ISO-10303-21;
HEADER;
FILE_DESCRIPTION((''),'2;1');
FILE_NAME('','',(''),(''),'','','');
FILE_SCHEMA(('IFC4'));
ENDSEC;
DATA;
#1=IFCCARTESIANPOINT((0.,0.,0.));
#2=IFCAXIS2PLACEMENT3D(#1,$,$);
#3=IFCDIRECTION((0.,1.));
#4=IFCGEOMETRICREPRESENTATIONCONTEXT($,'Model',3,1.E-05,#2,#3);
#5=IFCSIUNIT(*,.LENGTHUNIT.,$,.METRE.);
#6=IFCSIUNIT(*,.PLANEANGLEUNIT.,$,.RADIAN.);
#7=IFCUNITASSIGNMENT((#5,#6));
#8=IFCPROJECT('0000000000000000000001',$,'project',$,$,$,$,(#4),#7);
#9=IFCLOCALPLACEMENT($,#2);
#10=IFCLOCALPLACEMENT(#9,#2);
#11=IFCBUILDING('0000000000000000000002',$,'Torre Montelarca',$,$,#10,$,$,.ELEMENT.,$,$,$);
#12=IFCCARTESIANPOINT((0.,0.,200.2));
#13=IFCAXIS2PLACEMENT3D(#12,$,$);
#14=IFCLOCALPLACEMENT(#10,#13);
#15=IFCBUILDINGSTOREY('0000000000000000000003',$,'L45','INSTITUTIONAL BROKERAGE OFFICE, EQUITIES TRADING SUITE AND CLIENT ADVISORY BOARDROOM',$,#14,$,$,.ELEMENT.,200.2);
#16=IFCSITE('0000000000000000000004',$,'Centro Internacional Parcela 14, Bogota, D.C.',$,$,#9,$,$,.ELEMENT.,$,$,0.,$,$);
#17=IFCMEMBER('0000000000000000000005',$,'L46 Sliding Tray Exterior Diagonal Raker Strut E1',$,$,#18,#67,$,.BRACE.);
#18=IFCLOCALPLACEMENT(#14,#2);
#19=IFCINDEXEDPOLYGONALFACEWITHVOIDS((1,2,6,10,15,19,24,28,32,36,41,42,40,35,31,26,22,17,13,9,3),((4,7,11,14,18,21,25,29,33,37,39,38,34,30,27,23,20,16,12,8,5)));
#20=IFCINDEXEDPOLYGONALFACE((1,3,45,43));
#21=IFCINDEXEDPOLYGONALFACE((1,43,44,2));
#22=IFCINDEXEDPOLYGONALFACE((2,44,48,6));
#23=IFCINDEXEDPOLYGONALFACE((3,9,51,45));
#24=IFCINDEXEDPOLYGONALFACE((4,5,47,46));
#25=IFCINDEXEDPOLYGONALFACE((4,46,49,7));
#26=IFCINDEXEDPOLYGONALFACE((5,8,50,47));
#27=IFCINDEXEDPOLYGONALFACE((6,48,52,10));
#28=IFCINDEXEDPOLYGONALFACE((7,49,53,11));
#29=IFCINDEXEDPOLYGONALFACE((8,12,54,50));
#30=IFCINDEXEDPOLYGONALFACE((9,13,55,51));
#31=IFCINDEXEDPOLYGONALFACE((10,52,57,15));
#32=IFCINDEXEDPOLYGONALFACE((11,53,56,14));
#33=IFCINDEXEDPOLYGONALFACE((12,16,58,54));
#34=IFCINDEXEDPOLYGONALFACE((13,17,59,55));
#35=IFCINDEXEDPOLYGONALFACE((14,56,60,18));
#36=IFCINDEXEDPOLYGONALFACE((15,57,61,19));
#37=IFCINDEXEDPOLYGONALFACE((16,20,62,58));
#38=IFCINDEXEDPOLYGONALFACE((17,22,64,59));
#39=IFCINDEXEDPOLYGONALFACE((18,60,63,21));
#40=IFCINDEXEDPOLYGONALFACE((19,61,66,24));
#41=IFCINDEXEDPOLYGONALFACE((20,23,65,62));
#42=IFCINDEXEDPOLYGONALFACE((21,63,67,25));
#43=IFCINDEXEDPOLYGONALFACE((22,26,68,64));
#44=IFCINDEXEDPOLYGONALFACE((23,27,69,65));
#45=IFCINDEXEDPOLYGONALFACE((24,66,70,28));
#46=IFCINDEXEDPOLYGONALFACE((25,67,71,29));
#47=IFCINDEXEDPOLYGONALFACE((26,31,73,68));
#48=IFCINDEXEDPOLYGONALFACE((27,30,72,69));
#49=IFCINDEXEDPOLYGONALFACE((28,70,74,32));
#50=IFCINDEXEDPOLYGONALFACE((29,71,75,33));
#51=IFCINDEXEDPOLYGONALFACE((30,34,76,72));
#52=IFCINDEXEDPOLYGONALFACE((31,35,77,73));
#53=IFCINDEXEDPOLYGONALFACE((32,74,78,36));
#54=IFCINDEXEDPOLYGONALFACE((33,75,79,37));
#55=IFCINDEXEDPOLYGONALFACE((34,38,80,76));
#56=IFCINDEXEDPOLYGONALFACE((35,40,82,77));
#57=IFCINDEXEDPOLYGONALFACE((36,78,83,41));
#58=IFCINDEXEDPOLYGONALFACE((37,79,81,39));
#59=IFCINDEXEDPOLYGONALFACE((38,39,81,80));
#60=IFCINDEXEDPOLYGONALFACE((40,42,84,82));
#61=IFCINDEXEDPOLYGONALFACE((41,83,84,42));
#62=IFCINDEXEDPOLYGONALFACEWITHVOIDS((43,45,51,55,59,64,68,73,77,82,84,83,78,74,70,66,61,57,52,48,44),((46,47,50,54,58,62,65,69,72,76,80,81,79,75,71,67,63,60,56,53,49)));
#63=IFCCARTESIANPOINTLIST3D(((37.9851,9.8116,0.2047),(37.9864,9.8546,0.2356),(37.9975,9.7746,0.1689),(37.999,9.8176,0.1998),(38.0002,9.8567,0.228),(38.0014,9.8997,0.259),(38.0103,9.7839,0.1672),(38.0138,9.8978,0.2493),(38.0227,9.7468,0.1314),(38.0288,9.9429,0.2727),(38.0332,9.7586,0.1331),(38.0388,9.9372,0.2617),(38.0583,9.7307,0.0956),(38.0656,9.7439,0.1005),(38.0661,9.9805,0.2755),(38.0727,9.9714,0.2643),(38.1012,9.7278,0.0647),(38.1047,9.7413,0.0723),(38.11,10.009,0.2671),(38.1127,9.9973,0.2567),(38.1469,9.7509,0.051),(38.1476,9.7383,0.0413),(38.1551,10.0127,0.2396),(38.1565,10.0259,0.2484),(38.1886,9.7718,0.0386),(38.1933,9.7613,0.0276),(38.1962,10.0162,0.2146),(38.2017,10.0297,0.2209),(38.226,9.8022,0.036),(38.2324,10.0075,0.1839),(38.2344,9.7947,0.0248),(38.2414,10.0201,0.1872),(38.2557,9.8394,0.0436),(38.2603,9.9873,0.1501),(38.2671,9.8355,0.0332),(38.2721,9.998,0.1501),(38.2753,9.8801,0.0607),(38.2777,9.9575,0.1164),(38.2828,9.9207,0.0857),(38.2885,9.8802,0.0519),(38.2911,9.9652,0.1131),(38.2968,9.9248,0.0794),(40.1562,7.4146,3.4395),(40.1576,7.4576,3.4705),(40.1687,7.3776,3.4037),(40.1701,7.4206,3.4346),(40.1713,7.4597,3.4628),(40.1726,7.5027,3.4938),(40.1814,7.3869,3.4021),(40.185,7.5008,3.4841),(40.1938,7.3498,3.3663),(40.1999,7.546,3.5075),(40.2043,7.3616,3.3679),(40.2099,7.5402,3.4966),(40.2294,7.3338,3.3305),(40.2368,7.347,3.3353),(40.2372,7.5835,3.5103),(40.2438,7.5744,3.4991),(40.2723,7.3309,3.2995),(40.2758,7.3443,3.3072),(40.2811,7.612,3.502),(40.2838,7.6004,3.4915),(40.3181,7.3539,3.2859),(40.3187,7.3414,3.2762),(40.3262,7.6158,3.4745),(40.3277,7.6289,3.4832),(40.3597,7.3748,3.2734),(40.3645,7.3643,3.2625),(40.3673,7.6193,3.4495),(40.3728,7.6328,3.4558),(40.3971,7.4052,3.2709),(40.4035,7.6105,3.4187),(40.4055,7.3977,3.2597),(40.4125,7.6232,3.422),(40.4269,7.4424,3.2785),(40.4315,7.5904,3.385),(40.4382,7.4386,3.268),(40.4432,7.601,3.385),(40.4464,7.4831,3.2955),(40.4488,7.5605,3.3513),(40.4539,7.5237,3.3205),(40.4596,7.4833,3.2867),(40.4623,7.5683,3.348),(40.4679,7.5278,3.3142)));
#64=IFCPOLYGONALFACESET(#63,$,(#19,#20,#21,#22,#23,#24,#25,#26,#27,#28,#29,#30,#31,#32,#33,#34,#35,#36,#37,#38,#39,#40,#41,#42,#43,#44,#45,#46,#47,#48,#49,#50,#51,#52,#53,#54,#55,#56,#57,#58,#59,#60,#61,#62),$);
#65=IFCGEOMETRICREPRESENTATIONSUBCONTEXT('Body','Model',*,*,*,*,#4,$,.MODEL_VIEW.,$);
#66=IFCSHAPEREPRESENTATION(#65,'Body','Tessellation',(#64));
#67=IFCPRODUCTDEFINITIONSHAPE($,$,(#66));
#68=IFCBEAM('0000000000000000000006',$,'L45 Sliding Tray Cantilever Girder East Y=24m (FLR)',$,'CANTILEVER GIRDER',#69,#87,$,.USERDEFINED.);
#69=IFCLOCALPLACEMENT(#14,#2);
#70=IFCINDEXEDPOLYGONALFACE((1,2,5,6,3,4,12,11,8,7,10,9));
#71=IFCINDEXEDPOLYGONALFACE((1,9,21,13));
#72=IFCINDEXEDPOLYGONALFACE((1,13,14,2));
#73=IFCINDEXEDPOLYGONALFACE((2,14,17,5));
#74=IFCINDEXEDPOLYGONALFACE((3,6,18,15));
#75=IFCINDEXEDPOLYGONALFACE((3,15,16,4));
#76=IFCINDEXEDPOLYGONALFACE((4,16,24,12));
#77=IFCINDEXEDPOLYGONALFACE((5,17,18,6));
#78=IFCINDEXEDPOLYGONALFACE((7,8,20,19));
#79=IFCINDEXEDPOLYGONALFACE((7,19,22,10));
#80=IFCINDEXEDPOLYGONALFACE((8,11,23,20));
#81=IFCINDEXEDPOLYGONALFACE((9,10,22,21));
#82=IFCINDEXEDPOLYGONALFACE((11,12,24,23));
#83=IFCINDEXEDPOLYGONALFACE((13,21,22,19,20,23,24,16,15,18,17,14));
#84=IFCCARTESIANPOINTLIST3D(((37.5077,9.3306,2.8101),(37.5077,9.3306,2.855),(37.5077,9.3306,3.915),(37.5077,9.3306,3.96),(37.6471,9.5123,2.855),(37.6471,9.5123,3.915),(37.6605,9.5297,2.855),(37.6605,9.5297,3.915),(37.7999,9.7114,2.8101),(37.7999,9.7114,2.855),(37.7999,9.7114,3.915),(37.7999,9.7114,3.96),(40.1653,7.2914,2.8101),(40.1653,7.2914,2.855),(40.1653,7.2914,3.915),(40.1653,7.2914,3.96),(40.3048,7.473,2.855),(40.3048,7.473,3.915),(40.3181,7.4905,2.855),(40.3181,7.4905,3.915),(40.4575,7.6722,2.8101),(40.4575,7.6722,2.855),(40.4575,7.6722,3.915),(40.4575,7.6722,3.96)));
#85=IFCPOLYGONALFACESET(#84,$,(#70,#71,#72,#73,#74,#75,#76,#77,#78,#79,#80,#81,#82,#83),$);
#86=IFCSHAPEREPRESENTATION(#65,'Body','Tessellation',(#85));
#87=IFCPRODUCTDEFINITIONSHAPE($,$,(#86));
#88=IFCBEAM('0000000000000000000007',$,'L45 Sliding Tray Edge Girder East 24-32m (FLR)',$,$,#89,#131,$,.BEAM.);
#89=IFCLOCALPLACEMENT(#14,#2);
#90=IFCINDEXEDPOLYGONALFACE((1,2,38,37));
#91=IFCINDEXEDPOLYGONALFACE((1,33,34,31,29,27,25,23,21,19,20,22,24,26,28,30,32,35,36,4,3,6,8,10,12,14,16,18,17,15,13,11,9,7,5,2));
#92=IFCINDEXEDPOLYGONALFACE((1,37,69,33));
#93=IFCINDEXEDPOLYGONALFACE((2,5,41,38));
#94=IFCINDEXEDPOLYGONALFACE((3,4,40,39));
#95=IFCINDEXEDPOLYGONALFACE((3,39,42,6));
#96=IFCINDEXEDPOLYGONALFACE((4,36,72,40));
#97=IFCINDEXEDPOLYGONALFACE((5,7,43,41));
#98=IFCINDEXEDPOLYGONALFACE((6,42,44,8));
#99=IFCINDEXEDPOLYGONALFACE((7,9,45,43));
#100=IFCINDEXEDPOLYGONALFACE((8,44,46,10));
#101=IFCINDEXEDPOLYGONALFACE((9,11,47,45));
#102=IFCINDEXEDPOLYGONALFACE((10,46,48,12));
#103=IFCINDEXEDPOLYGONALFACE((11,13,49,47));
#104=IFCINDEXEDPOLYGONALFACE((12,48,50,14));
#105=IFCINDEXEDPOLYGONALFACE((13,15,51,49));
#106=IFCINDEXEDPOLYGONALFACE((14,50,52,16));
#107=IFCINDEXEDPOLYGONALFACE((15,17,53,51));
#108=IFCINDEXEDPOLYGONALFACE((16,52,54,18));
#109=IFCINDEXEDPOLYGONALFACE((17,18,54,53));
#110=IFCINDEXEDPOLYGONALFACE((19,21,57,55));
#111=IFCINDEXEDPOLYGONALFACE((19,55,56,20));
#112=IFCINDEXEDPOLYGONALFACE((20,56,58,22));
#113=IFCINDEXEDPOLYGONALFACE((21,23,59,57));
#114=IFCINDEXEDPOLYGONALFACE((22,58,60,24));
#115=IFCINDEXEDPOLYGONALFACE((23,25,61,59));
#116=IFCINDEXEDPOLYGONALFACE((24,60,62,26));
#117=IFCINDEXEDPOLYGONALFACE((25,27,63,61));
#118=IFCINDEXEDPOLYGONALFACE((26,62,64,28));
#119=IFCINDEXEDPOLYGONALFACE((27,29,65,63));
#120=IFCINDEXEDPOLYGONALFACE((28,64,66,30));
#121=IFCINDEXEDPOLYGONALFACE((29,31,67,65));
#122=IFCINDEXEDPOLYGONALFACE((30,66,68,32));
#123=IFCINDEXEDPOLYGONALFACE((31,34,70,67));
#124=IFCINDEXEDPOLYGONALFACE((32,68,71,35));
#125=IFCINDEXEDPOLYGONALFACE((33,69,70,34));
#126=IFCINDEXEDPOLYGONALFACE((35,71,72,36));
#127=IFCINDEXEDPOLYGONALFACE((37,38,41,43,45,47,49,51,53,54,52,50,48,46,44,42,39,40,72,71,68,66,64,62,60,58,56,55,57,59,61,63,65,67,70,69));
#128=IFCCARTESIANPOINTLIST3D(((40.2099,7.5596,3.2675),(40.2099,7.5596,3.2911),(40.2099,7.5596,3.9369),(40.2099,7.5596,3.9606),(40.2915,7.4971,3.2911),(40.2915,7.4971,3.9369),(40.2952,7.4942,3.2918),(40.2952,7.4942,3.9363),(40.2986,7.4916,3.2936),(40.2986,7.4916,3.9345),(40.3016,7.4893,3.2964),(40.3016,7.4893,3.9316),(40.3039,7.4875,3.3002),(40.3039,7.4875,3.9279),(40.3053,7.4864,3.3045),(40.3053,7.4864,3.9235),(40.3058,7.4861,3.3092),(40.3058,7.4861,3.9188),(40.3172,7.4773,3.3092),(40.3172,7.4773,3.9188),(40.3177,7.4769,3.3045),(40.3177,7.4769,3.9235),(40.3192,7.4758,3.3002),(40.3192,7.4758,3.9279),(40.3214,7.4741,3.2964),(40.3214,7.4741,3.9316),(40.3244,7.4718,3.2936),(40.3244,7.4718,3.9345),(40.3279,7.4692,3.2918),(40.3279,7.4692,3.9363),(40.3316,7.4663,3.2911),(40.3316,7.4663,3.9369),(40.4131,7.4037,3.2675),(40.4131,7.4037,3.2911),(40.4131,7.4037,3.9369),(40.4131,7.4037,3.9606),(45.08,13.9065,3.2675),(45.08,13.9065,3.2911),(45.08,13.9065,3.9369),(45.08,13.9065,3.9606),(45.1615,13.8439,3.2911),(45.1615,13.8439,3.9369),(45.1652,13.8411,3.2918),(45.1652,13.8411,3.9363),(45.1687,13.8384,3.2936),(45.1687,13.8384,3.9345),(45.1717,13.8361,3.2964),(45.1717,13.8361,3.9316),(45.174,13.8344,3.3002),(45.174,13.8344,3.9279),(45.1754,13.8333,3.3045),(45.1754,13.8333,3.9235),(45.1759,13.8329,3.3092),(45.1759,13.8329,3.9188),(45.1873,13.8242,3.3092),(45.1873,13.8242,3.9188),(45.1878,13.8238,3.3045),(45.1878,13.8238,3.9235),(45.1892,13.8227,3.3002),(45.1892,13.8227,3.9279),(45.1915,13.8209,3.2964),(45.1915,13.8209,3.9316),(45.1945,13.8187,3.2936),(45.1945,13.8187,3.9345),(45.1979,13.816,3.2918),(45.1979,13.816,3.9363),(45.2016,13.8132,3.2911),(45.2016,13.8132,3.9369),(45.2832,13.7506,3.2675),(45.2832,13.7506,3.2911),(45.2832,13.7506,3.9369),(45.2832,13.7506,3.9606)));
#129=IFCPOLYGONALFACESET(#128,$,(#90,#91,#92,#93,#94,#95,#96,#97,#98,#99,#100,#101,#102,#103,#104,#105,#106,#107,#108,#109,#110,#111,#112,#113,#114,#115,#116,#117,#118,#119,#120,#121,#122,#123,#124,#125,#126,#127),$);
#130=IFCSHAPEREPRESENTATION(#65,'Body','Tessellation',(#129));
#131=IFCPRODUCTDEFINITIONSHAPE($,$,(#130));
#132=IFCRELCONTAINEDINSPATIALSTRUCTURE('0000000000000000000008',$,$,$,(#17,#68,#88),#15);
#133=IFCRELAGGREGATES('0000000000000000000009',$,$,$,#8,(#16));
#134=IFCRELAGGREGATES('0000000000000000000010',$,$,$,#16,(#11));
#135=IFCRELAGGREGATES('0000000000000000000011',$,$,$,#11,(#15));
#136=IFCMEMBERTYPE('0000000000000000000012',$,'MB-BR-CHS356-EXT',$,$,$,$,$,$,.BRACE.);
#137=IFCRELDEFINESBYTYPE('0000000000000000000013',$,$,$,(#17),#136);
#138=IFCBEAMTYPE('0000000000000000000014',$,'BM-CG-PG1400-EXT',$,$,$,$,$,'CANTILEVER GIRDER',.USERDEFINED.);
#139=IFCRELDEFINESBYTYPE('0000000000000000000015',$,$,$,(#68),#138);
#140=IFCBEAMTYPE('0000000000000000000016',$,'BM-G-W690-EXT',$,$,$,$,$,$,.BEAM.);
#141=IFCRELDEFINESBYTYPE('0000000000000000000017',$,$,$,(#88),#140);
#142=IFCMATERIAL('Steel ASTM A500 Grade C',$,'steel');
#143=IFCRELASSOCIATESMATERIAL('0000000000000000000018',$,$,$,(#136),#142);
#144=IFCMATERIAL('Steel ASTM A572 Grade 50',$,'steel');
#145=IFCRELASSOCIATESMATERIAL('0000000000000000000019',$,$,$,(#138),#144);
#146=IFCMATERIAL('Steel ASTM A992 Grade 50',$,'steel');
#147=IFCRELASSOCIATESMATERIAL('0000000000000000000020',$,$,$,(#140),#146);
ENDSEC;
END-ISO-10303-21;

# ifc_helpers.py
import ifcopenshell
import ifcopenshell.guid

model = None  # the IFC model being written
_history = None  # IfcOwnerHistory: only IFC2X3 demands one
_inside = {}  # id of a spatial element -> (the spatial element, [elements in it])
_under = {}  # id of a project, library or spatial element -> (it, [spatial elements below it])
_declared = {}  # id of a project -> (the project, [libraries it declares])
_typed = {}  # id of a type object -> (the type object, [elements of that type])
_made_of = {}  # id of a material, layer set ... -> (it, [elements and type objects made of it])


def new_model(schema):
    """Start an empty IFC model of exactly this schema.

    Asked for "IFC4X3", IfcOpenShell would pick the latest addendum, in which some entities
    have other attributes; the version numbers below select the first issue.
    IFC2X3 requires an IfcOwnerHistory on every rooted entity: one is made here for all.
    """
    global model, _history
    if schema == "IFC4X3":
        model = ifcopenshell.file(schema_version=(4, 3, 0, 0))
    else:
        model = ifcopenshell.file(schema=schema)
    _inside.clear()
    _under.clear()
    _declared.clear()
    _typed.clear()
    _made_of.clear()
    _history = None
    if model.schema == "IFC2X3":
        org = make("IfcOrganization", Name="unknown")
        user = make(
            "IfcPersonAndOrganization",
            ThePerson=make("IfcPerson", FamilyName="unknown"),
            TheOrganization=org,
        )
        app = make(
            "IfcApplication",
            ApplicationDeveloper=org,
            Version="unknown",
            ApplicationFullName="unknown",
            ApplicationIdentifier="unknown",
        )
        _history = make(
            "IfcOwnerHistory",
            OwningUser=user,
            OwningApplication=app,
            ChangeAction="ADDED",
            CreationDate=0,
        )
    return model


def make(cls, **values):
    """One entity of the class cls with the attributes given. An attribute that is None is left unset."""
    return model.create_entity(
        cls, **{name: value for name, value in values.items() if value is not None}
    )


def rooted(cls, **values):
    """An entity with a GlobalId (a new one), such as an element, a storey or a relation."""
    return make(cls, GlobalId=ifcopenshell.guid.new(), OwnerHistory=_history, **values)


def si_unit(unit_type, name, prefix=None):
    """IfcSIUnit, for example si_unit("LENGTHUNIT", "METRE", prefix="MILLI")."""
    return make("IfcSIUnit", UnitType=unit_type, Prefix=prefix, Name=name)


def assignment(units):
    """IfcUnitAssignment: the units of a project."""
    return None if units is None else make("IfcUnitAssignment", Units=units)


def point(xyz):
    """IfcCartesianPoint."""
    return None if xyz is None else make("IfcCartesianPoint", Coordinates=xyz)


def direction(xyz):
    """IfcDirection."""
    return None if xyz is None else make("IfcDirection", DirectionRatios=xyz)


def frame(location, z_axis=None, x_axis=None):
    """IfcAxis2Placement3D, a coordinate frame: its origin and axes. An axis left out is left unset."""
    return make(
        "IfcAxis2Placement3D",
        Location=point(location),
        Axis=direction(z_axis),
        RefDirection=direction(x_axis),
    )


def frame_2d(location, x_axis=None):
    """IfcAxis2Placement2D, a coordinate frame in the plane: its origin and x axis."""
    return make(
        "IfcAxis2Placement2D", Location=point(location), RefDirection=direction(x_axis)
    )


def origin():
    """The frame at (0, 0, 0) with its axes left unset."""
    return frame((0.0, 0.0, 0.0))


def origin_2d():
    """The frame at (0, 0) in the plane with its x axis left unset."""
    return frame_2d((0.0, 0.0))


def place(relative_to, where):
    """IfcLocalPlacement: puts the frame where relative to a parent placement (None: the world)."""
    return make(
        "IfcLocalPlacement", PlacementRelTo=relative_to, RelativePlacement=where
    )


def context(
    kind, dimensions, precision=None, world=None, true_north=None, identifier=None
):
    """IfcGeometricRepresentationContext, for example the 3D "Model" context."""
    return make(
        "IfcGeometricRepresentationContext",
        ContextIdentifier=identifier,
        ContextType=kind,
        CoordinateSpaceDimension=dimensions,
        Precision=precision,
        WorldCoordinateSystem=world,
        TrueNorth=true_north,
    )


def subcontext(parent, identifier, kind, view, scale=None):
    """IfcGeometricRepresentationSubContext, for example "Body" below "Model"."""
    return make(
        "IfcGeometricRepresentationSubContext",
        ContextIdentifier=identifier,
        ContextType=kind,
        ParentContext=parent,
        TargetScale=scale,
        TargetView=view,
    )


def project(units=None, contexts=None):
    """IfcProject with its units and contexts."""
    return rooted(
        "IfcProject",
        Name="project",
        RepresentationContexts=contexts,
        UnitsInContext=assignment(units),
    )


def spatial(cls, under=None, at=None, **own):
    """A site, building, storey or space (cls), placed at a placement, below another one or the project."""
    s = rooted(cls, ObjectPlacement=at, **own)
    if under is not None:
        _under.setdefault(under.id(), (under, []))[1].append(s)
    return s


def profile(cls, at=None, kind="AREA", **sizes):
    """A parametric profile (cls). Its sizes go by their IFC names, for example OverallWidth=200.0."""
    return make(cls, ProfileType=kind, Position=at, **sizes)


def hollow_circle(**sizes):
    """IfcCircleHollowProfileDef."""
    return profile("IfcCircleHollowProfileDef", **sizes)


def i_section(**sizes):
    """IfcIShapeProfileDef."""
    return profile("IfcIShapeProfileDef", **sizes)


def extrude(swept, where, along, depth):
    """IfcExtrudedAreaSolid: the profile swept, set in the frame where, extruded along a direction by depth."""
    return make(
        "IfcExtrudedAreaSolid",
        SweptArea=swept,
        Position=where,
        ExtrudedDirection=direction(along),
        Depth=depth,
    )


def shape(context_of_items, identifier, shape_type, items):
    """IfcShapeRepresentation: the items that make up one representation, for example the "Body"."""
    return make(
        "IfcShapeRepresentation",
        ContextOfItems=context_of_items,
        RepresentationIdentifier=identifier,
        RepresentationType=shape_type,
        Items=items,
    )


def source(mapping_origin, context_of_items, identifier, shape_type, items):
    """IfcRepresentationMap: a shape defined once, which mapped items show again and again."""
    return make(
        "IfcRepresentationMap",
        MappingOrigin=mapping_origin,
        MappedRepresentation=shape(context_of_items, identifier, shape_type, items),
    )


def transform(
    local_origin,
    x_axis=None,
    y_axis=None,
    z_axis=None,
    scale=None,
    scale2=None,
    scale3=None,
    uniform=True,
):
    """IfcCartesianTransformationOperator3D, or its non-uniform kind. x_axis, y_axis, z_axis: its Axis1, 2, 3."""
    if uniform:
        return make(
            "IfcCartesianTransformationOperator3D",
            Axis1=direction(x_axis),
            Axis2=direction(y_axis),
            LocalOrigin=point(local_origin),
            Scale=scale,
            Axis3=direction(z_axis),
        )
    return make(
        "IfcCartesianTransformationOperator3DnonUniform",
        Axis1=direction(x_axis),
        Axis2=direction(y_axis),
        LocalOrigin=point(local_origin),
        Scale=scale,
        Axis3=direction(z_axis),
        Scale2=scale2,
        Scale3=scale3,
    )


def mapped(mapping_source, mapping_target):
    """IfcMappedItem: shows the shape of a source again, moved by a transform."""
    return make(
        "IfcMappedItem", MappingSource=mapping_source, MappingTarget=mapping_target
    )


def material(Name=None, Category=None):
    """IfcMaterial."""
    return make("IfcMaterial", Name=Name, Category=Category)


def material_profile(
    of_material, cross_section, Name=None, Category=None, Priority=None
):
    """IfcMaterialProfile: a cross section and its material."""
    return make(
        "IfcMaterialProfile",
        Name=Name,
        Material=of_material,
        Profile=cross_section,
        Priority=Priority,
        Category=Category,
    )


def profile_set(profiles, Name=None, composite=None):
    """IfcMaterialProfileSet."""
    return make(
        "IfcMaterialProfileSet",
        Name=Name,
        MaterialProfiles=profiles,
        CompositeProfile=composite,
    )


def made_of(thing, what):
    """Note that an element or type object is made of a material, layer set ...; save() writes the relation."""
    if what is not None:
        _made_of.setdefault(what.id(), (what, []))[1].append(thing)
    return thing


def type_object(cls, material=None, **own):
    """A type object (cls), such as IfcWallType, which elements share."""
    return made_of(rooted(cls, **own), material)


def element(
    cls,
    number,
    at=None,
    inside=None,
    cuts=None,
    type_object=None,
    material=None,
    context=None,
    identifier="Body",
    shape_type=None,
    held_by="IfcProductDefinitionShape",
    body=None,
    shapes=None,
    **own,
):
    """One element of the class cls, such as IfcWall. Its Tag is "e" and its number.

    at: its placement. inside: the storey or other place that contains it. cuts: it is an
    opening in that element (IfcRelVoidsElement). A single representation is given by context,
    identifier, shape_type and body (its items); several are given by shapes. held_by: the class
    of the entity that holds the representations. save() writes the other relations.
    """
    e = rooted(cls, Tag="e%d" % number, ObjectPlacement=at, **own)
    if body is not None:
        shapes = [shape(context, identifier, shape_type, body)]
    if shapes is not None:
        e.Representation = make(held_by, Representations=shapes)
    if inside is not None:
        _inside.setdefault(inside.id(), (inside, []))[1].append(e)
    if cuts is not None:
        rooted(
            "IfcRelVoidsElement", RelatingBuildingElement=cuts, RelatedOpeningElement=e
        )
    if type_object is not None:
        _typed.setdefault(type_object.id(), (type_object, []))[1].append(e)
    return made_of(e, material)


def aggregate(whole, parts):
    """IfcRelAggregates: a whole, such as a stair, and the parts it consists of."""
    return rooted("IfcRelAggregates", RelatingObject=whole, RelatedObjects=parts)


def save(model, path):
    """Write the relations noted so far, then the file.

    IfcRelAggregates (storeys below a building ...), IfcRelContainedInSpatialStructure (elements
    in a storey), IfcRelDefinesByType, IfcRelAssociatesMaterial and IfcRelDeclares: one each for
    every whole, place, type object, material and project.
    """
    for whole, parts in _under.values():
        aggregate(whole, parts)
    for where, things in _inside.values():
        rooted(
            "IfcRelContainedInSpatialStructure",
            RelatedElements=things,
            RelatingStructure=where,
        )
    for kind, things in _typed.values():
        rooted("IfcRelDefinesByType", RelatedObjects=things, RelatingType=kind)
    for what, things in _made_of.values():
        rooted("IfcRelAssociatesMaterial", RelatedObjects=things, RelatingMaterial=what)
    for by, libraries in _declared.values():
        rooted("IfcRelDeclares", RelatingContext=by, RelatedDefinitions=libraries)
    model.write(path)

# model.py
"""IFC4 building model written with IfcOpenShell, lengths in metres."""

from ifc_helpers import new_model, si_unit, direction, frame, origin, origin_2d, place, context, subcontext, project, spatial, hollow_circle, i_section, extrude, source, transform, mapped, material, material_profile, profile_set, type_object, element, save


model = new_model("IFC4")

# Units and contexts
model_context = context("Model", 3, precision=1e-05, world=origin(), true_north=direction((0.0, 1.0)))
body_context = subcontext(model_context, "Body", "Model", "MODEL_VIEW")
ifc_project = project(units=[si_unit("LENGTHUNIT", "METRE"), si_unit("PLANEANGLEUNIT", "RADIAN")], contexts=[model_context])

# Site, building, storey
site_placement = place(None, origin())
site = spatial("IfcSite", under=ifc_project, at=site_placement, Name="Centro Internacional Parcela 14, Bogota, D.C.", CompositionType="ELEMENT", RefElevation=0.0)
building_placement = place(site_placement, origin())
building = spatial("IfcBuilding", under=site, at=building_placement, Name="Torre Montelarca", CompositionType="ELEMENT")
storey_placement = place(building_placement, frame((0.0, 0.0, 200.2)))
storey = spatial("IfcBuildingStorey", under=building, at=storey_placement, Name="L45", Description="INSTITUTIONAL BROKERAGE OFFICE, EQUITIES TRADING SUITE AND CLIENT ADVISORY BOARDROOM", CompositionType="ELEMENT", Elevation=200.2)

# Member
ifc_material_1 = material(Name="Steel ASTM A500 Grade C", Category="steel")
ifc_material_profile_1 = material_profile(ifc_material_1, hollow_circle(Radius=0.1777, WallThickness=0.0159, at=origin_2d()), Name="HSS355.6X15.9", Category="steel")
ifc_profile_set_1 = profile_set([ifc_material_profile_1], Name="Steel ASTM A500 Grade C")
member_type_1 = type_object("IfcMemberType", Name="MB-BR-CHS356-EXT", PredefinedType="BRACE", material=ifc_profile_set_1)
shared_shape_1 = source(origin(), body_context, "Body", "SweptSolid", [
    extrude(hollow_circle(Radius=0.1777, WallThickness=0.0159, at=origin_2d()), origin(), (0.0, 0.0, 1.0), 4.5742),
])
member_1_placement = place(storey_placement, frame((38.1404, 9.8787, 0.1501), z_axis=(0.474645, -0.524015, 0.707191), x_axis=(0.741158, 0.67133, 0.0)))
element("IfcMember", 1, at=member_1_placement, inside=storey, type_object=member_type_1, Name="L46 Sliding Tray Exterior Diagonal Raker Strut E1", PredefinedType="BRACE", context=body_context, shape_type="MappedRepresentation", body=[
    mapped(shared_shape_1, transform((0.0, 0.0, 0.0), scale=1.0)),
])

# Beams
ifc_material_2 = material(Name="Steel ASTM A572 Grade 50", Category="steel")
ifc_material_profile_2 = material_profile(ifc_material_2, i_section(OverallWidth=0.48, OverallDepth=1.1499, WebThickness=0.022, FlangeThickness=0.0449, at=origin_2d()), Name="PG1150X480X22X45", Category="steel")
ifc_profile_set_2 = profile_set([ifc_material_profile_2], Name="Steel ASTM A572 Grade 50")
beam_type_1 = type_object("IfcBeamType", Name="BM-CG-PG1400-EXT", ElementType="CANTILEVER GIRDER", PredefinedType="USERDEFINED", material=ifc_profile_set_2)
shared_shape_2 = source(origin(), body_context, "Body", "SweptSolid", [
    extrude(i_section(OverallWidth=0.48, OverallDepth=1.1499, WebThickness=0.022, FlangeThickness=0.0449, at=origin_2d()), origin(), (0.0, 0.0, 1.0), 3.3499),
])
beam_1_placement = place(storey_placement, frame((37.6538, 9.521, 3.385), z_axis=(0.793358, -0.608756, 0.0), x_axis=(0.608756, 0.793358, 0.0)))
element("IfcBeam", 2, at=beam_1_placement, inside=storey, type_object=beam_type_1, Name="L45 Sliding Tray Cantilever Girder East Y=24m (FLR)", ObjectType="CANTILEVER GIRDER", PredefinedType="USERDEFINED", context=body_context, shape_type="MappedRepresentation", body=[
    mapped(shared_shape_2, transform((0.0, 0.0, 0.0), scale=1.0)),
])
ifc_material_3 = material(Name="Steel ASTM A992 Grade 50", Category="steel")
ifc_material_profile_3 = material_profile(ifc_material_3, i_section(OverallWidth=0.2561, OverallDepth=0.6931, WebThickness=0.0144, FlangeThickness=0.0237, FilletRadius=0.0181, at=origin_2d()), Name="W690X170", Category="steel")
ifc_profile_set_3 = profile_set([ifc_material_profile_3], Name="Steel ASTM A992 Grade 50")
beam_type_2 = type_object("IfcBeamType", Name="BM-G-W690-EXT", PredefinedType="BEAM", material=ifc_profile_set_3)
shared_shape_3 = source(origin(), body_context, "Body", "SweptSolid", [
    extrude(i_section(OverallWidth=0.2561, OverallDepth=0.6931, WebThickness=0.0144, FlangeThickness=0.0237, FilletRadius=0.0181, at=origin_2d()), origin(), (0.0, 0.0, 1.0), 8.0),
])
beam_2_placement = place(storey_placement, frame((40.3115, 7.4817, 3.614), z_axis=(0.608758, 0.793356, 0.0), x_axis=(-0.793356, 0.608758, 0.0)))
element("IfcBeam", 3, at=beam_2_placement, inside=storey, type_object=beam_type_2, Name="L45 Sliding Tray Edge Girder East 24-32m (FLR)", PredefinedType="BEAM", context=body_context, shape_type="MappedRepresentation", body=[
    mapped(shared_shape_3, transform((0.0, 0.0, 0.0), scale=1.0)),
])

save(model, "model.ifc")
